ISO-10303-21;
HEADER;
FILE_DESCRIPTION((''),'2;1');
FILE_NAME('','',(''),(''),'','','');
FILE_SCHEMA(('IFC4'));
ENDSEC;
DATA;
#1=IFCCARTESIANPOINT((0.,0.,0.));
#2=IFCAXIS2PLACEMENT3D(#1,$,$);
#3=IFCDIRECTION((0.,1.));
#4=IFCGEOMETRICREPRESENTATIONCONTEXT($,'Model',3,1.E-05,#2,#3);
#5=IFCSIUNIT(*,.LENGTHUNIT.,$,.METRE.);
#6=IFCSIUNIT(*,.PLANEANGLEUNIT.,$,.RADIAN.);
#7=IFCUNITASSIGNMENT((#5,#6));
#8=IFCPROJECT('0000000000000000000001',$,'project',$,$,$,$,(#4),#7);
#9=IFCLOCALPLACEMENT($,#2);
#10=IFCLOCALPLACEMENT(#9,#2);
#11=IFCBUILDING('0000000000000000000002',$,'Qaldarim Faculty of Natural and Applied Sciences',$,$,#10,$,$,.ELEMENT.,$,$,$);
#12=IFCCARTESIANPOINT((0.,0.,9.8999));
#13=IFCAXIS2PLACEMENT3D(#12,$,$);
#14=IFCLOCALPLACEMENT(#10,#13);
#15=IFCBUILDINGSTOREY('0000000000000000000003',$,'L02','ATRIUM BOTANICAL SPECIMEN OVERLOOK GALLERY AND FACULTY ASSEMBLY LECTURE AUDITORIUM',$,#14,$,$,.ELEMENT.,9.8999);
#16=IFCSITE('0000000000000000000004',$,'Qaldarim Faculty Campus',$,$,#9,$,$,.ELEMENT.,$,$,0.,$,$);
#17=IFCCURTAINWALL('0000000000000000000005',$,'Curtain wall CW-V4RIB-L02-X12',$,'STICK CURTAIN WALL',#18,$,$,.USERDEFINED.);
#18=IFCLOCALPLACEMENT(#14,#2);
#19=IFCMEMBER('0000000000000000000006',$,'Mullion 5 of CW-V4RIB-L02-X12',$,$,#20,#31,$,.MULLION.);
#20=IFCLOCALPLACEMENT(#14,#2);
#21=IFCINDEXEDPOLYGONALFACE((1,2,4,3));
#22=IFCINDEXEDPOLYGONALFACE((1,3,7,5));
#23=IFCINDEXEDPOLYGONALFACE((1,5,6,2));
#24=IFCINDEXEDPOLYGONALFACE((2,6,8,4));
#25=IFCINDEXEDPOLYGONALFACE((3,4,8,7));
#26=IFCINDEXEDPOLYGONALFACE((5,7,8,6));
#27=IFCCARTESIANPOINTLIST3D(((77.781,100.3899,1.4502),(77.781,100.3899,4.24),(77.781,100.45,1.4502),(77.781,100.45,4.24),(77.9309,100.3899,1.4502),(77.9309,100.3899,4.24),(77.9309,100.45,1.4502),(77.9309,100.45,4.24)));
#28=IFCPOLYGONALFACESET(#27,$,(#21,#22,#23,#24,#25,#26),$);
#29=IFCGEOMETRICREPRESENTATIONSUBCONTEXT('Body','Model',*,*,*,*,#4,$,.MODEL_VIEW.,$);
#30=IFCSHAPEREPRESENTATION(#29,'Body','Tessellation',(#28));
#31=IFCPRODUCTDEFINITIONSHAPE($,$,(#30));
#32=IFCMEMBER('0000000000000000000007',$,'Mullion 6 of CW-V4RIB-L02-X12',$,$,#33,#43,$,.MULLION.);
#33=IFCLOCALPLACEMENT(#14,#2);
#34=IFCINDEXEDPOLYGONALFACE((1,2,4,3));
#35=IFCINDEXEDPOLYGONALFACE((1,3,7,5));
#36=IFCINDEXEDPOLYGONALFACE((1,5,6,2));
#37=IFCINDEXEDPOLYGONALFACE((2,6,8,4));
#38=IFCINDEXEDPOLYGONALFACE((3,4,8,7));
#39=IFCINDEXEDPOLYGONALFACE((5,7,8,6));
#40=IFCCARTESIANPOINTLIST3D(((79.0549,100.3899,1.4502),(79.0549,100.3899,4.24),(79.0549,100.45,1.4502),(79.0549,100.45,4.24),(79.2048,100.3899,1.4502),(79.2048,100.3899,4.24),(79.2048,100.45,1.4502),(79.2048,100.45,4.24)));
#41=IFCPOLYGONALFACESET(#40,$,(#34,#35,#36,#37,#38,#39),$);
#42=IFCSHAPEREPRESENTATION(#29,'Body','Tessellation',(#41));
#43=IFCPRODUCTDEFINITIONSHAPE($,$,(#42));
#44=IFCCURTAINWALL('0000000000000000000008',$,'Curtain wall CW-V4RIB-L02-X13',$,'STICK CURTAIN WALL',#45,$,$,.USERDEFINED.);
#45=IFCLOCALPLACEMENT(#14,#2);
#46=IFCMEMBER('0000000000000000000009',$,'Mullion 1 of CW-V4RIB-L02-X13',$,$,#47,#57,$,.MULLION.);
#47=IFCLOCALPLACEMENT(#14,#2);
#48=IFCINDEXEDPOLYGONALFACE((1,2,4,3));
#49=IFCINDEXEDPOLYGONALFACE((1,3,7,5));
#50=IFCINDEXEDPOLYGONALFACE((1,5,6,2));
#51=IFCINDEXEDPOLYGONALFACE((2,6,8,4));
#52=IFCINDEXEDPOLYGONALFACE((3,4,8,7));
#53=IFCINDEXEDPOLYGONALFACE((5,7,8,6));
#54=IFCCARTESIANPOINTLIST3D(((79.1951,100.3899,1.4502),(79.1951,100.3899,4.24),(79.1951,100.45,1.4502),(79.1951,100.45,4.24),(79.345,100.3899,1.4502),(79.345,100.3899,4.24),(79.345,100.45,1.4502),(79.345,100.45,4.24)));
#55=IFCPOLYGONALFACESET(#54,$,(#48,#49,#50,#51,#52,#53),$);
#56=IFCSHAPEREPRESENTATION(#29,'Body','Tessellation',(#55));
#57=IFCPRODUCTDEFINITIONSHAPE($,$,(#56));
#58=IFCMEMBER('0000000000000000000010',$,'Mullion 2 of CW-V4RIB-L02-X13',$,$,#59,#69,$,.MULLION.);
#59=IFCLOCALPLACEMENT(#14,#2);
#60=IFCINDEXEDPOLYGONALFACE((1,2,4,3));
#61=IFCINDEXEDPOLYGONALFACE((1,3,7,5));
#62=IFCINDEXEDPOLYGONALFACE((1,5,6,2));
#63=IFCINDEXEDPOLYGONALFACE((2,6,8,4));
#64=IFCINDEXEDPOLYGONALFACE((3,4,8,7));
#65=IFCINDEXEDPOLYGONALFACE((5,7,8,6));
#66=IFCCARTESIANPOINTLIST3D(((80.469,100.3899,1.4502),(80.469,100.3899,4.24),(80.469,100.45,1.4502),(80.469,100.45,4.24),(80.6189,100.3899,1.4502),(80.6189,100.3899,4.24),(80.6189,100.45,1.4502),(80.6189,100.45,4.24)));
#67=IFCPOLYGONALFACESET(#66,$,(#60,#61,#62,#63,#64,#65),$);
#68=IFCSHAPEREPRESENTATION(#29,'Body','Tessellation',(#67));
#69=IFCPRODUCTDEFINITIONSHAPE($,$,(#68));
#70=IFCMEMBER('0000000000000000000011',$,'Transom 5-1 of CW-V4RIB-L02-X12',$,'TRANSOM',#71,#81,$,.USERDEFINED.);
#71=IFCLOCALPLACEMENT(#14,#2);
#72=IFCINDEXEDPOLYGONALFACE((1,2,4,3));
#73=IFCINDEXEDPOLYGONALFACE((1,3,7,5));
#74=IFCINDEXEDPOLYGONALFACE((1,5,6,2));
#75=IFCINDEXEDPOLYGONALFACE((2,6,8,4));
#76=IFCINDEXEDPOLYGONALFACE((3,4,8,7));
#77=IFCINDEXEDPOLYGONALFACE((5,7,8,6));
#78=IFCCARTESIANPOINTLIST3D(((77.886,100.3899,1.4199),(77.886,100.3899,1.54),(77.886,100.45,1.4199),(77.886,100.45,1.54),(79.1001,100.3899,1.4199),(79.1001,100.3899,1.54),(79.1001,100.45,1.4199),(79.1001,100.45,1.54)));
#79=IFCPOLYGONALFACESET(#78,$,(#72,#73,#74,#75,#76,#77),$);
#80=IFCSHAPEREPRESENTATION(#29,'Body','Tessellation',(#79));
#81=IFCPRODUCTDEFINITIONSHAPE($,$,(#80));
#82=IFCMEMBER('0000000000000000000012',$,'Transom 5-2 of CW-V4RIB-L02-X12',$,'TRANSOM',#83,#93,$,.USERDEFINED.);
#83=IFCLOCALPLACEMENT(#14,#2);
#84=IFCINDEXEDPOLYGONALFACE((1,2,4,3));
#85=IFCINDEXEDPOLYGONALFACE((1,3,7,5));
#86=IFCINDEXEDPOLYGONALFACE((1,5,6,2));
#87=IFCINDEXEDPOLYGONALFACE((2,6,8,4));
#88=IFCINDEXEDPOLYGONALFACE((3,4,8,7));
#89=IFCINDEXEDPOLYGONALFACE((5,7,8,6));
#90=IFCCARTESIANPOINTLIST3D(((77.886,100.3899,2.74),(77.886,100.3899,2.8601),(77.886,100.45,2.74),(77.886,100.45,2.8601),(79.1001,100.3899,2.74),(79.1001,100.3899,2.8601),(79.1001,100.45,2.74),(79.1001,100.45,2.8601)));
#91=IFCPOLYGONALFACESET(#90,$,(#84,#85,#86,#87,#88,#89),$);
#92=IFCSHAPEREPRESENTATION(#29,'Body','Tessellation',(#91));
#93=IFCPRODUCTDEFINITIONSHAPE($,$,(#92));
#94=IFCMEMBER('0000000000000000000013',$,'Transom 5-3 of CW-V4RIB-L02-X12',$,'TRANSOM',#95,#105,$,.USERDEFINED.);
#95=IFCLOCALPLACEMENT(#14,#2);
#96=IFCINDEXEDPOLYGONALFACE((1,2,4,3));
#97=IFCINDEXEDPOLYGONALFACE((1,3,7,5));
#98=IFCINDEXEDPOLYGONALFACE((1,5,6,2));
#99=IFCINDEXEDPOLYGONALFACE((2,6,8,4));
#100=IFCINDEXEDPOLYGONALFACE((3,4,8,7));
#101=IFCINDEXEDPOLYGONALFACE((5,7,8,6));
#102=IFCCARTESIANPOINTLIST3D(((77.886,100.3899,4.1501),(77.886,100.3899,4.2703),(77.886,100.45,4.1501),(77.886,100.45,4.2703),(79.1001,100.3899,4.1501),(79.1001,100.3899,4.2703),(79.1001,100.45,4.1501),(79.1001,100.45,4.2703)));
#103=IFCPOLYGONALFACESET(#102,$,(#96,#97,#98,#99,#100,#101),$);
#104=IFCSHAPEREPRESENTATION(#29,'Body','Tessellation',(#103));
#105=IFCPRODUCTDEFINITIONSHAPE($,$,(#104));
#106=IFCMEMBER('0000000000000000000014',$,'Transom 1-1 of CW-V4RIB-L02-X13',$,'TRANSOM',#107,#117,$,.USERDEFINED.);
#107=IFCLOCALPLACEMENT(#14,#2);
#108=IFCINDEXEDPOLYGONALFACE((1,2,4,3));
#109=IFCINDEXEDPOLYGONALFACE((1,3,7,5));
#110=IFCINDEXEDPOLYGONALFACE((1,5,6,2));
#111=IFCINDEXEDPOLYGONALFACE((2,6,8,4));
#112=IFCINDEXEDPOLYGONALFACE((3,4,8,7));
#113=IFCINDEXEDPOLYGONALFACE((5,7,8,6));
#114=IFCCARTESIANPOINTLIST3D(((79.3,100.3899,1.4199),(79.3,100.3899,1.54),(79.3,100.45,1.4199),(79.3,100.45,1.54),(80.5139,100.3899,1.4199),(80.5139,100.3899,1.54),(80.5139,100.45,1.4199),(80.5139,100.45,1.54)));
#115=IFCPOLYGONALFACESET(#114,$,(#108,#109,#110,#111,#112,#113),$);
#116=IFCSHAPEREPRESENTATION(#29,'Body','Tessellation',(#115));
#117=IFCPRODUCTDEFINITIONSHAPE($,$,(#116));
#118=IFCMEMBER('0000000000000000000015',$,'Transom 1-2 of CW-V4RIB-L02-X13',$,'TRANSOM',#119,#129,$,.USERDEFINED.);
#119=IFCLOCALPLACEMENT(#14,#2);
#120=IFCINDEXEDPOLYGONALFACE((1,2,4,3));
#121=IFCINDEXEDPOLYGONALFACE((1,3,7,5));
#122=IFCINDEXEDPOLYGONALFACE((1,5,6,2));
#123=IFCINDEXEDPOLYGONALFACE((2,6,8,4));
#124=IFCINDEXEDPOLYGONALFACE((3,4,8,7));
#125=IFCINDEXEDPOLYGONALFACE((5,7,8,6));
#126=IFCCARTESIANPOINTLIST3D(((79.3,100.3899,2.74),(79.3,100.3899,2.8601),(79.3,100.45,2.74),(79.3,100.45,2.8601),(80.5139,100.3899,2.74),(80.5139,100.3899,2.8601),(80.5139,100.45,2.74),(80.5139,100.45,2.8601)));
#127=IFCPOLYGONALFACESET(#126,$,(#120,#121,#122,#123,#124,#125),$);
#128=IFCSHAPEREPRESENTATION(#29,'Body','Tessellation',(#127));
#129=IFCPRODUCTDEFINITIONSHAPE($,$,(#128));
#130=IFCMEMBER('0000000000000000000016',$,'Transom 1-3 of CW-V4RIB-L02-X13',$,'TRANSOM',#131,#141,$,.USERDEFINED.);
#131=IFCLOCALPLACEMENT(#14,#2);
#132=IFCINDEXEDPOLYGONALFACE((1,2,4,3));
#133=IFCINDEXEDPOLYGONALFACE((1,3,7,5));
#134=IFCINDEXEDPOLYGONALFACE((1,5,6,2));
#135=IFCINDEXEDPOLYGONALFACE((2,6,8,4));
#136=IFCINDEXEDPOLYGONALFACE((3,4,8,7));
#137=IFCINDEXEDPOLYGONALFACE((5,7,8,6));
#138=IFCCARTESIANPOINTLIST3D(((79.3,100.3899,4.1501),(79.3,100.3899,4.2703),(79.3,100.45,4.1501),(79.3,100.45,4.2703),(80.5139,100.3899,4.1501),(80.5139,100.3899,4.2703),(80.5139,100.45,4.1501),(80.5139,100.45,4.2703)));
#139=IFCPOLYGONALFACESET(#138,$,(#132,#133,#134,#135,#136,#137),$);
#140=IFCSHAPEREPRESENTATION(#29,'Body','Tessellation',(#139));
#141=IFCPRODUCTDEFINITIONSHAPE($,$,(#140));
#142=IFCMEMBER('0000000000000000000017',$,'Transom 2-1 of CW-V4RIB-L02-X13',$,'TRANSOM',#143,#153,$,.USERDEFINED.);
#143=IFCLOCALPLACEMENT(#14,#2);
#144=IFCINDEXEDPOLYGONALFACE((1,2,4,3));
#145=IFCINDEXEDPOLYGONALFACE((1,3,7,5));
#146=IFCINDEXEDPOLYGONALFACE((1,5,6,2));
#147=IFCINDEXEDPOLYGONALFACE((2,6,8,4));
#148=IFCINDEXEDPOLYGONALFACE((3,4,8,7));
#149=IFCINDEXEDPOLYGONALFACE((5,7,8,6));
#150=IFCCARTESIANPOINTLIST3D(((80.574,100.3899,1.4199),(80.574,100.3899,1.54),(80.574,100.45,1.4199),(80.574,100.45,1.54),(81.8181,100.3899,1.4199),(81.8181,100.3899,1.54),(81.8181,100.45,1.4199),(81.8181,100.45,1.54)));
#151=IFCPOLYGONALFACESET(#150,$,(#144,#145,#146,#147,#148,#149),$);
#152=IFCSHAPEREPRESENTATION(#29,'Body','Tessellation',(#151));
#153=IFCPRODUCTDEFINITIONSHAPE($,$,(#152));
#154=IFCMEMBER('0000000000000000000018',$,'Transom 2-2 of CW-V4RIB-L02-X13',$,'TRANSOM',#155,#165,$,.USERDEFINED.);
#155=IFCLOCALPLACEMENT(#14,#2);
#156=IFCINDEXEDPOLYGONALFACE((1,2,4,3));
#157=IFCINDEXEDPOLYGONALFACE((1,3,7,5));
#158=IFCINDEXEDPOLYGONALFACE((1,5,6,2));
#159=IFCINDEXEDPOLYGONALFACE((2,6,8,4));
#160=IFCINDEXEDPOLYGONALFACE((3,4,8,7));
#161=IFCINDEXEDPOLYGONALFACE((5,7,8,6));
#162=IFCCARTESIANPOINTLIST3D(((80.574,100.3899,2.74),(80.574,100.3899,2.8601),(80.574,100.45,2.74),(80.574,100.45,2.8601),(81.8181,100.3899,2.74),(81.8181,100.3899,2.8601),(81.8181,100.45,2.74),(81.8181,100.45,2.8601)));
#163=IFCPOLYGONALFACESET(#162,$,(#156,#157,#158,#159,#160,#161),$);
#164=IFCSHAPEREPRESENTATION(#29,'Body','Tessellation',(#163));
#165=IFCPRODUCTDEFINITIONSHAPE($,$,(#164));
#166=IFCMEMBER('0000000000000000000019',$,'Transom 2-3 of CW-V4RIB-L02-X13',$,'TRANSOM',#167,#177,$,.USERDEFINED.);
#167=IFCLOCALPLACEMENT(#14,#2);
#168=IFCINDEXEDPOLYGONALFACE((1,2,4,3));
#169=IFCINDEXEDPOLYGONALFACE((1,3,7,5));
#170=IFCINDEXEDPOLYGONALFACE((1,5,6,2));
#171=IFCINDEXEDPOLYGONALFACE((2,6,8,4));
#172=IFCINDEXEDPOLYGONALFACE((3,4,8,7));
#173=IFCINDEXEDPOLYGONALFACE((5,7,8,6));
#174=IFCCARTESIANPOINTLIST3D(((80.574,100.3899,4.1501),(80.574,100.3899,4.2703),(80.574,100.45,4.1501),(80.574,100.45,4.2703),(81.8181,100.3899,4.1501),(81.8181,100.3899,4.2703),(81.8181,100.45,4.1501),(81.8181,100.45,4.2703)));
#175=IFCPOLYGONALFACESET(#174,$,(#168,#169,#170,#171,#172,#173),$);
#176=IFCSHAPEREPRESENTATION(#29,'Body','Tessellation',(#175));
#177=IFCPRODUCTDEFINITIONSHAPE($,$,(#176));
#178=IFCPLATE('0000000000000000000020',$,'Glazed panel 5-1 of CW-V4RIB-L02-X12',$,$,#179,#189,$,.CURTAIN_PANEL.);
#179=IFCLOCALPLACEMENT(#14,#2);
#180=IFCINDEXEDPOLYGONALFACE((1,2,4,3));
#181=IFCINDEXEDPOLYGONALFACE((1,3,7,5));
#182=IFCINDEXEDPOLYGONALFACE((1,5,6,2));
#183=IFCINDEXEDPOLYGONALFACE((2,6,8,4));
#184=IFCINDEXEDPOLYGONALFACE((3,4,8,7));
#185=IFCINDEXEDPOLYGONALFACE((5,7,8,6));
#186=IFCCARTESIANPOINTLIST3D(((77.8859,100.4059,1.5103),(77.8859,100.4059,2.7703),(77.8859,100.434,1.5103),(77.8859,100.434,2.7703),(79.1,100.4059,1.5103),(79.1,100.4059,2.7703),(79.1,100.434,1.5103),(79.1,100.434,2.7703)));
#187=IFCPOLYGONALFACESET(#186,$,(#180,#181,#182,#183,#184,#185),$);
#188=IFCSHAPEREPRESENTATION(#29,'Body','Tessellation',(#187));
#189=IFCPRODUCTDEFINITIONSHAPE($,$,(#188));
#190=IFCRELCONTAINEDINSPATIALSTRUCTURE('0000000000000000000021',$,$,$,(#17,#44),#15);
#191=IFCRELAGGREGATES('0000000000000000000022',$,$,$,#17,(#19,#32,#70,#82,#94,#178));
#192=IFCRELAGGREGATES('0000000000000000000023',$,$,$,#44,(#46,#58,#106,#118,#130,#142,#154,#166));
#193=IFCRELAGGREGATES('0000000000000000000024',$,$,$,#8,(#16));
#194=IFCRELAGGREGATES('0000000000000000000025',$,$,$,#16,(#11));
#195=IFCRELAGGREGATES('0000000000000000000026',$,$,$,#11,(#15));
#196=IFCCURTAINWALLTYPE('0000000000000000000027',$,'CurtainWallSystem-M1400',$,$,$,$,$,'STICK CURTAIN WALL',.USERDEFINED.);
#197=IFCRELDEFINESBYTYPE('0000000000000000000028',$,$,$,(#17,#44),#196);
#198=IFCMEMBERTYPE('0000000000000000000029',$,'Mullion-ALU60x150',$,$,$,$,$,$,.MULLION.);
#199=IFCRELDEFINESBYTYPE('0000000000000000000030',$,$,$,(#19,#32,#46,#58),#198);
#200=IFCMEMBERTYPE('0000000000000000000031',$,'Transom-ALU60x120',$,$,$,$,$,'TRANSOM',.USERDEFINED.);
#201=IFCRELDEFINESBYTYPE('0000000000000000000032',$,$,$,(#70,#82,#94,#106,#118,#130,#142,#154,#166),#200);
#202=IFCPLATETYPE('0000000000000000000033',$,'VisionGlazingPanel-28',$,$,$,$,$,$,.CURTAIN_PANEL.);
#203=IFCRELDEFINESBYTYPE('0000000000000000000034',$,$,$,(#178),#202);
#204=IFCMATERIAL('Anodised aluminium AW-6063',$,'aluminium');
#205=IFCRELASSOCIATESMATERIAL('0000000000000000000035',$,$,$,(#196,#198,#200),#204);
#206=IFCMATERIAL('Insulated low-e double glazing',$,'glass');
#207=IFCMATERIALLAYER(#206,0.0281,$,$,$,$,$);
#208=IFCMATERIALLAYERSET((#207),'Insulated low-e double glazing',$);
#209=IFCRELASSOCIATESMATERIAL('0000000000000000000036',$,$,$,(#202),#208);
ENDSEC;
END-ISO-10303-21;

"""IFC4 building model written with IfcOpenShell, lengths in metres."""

from ifc_helpers import new_model, si_unit, direction, frame, origin, origin_2d, place, context, subcontext, project, spatial, rectangle, extrude, material, layer, layer_set, material_profile, profile_set, type_object, element, aggregate, save


model = new_model("IFC4")

# Units and contexts
model_context = context("Model", 3, precision=1e-05, world=origin(), true_north=direction((0.0, 1.0)))
body_context = subcontext(model_context, "Body", "Model", "MODEL_VIEW")
ifc_project = project(units=[si_unit("LENGTHUNIT", "METRE"), si_unit("PLANEANGLEUNIT", "RADIAN")], contexts=[model_context])

# Site, building, storey
site_placement = place(None, origin())
site = spatial("IfcSite", under=ifc_project, at=site_placement, Name="Qaldarim Faculty Campus", CompositionType="ELEMENT", RefElevation=0.0)
building_placement = place(site_placement, origin())
building = spatial("IfcBuilding", under=site, at=building_placement, Name="Qaldarim Faculty of Natural and Applied Sciences", CompositionType="ELEMENT")
storey_placement = place(building_placement, frame((0.0, 0.0, 9.8999)))
storey = spatial("IfcBuildingStorey", under=building, at=storey_placement, Name="L02", Description="ATRIUM BOTANICAL SPECIMEN OVERLOOK GALLERY AND FACULTY ASSEMBLY LECTURE AUDITORIUM", CompositionType="ELEMENT", Elevation=9.8999)

# Curtain walls, members
ifc_material_1 = material(Name="Anodised aluminium AW-6063", Category="aluminium")
curtain_wall_type = type_object("IfcCurtainWallType", Name="CurtainWallSystem-M1400", ElementType="STICK CURTAIN WALL", PredefinedType="USERDEFINED", material=ifc_material_1)
curtain_wall_1_placement = place(storey_placement, origin())
curtain_wall_1 = element("IfcCurtainWall", 1, at=curtain_wall_1_placement, inside=storey, type_object=curtain_wall_type, Name="Curtain wall CW-V4RIB-L02-X12", ObjectType="STICK CURTAIN WALL", PredefinedType="USERDEFINED")
ifc_material_profile_1 = material_profile(ifc_material_1, rectangle(XDim=0.0601, YDim=0.1499, at=origin_2d()), Name="ALU-M60x150")
ifc_profile_set_1 = profile_set([ifc_material_profile_1], Name="Anodised aluminium AW-6063")
member_type_1 = type_object("IfcMemberType", Name="Mullion-ALU60x150", PredefinedType="MULLION", material=ifc_profile_set_1)
member_1_placement = place(storey_placement, frame((77.856, 100.4199, 1.4502), z_axis=(0.0, 0.0, 1.0), x_axis=(0.0, 1.0, 0.0)))
member_1 = element("IfcMember", 2, at=member_1_placement, type_object=member_type_1, Name="Mullion 5 of CW-V4RIB-L02-X12", PredefinedType="MULLION", context=body_context, shape_type="SweptSolid", body=[
    extrude(rectangle(XDim=0.0601, YDim=0.1499, at=origin_2d()), origin(), (0.0, 0.0, 1.0), 2.7898),
])
member_2_placement = place(storey_placement, frame((79.1299, 100.4199, 1.4502), z_axis=(0.0, 0.0, 1.0), x_axis=(0.0, 1.0, 0.0)))
member_2 = element("IfcMember", 3, at=member_2_placement, type_object=member_type_1, Name="Mullion 6 of CW-V4RIB-L02-X12", PredefinedType="MULLION", context=body_context, shape_type="SweptSolid", body=[
    extrude(rectangle(XDim=0.0601, YDim=0.1499, at=origin_2d()), origin(), (0.0, 0.0, 1.0), 2.7898),
])
curtain_wall_2_placement = place(storey_placement, origin())
curtain_wall_2 = element("IfcCurtainWall", 4, at=curtain_wall_2_placement, inside=storey, type_object=curtain_wall_type, Name="Curtain wall CW-V4RIB-L02-X13", ObjectType="STICK CURTAIN WALL", PredefinedType="USERDEFINED")
member_3_placement = place(storey_placement, frame((79.27, 100.4199, 1.4502), z_axis=(0.0, 0.0, 1.0), x_axis=(0.0, 1.0, 0.0)))
member_3 = element("IfcMember", 5, at=member_3_placement, type_object=member_type_1, Name="Mullion 1 of CW-V4RIB-L02-X13", PredefinedType="MULLION", context=body_context, shape_type="SweptSolid", body=[
    extrude(rectangle(XDim=0.0601, YDim=0.1499, at=origin_2d()), origin(), (0.0, 0.0, 1.0), 2.7898),
])
member_4_placement = place(storey_placement, frame((80.5439, 100.4199, 1.4502), z_axis=(0.0, 0.0, 1.0), x_axis=(0.0, 1.0, 0.0)))
member_4 = element("IfcMember", 6, at=member_4_placement, type_object=member_type_1, Name="Mullion 2 of CW-V4RIB-L02-X13", PredefinedType="MULLION", context=body_context, shape_type="SweptSolid", body=[
    extrude(rectangle(XDim=0.0601, YDim=0.1499, at=origin_2d()), origin(), (0.0, 0.0, 1.0), 2.7898),
])

# Members
ifc_material_profile_2 = material_profile(ifc_material_1, rectangle(XDim=0.0601, YDim=0.1201, at=origin_2d()), Name="ALU-T60x120")
ifc_profile_set_2 = profile_set([ifc_material_profile_2], Name="Anodised aluminium AW-6063")
member_type_2 = type_object("IfcMemberType", Name="Transom-ALU60x120", ElementType="TRANSOM", PredefinedType="USERDEFINED", material=ifc_profile_set_2)
member_5_placement = place(storey_placement, frame((77.886, 100.4199, 1.48), z_axis=(1.0, 0.0, 0.0), x_axis=(0.0, 1.0, 0.0)))
member_5 = element("IfcMember", 7, at=member_5_placement, type_object=member_type_2, Name="Transom 5-1 of CW-V4RIB-L02-X12", ObjectType="TRANSOM", PredefinedType="USERDEFINED", context=body_context, shape_type="SweptSolid", body=[
    extrude(rectangle(XDim=0.0601, YDim=0.1201, at=origin_2d()), origin(), (0.0, 0.0, 1.0), 1.2141),
])
member_6_placement = place(storey_placement, frame((77.886, 100.4199, 2.8), z_axis=(1.0, 0.0, 0.0), x_axis=(0.0, 1.0, 0.0)))
member_6 = element("IfcMember", 8, at=member_6_placement, type_object=member_type_2, Name="Transom 5-2 of CW-V4RIB-L02-X12", ObjectType="TRANSOM", PredefinedType="USERDEFINED", context=body_context, shape_type="SweptSolid", body=[
    extrude(rectangle(XDim=0.0601, YDim=0.1201, at=origin_2d()), origin(), (0.0, 0.0, 1.0), 1.2141),
])
member_7_placement = place(storey_placement, frame((77.886, 100.4199, 4.2102), z_axis=(1.0, 0.0, 0.0), x_axis=(0.0, 1.0, 0.0)))
member_7 = element("IfcMember", 9, at=member_7_placement, type_object=member_type_2, Name="Transom 5-3 of CW-V4RIB-L02-X12", ObjectType="TRANSOM", PredefinedType="USERDEFINED", context=body_context, shape_type="SweptSolid", body=[
    extrude(rectangle(XDim=0.0601, YDim=0.1201, at=origin_2d()), origin(), (0.0, 0.0, 1.0), 1.2141),
])
member_8_placement = place(storey_placement, frame((79.3, 100.4199, 1.48), z_axis=(1.0, 0.0, 0.0), x_axis=(0.0, 1.0, 0.0)))
member_8 = element("IfcMember", 10, at=member_8_placement, type_object=member_type_2, Name="Transom 1-1 of CW-V4RIB-L02-X13", ObjectType="TRANSOM", PredefinedType="USERDEFINED", context=body_context, shape_type="SweptSolid", body=[
    extrude(rectangle(XDim=0.0601, YDim=0.1201, at=origin_2d()), origin(), (0.0, 0.0, 1.0), 1.2139),
])
member_9_placement = place(storey_placement, frame((79.3, 100.4199, 2.8), z_axis=(1.0, 0.0, 0.0), x_axis=(0.0, 1.0, 0.0)))
member_9 = element("IfcMember", 11, at=member_9_placement, type_object=member_type_2, Name="Transom 1-2 of CW-V4RIB-L02-X13", ObjectType="TRANSOM", PredefinedType="USERDEFINED", context=body_context, shape_type="SweptSolid", body=[
    extrude(rectangle(XDim=0.0601, YDim=0.1201, at=origin_2d()), origin(), (0.0, 0.0, 1.0), 1.2139),
])
member_10_placement = place(storey_placement, frame((79.3, 100.4199, 4.2102), z_axis=(1.0, 0.0, 0.0), x_axis=(0.0, 1.0, 0.0)))
member_10 = element("IfcMember", 12, at=member_10_placement, type_object=member_type_2, Name="Transom 1-3 of CW-V4RIB-L02-X13", ObjectType="TRANSOM", PredefinedType="USERDEFINED", context=body_context, shape_type="SweptSolid", body=[
    extrude(rectangle(XDim=0.0601, YDim=0.1201, at=origin_2d()), origin(), (0.0, 0.0, 1.0), 1.2139),
])
member_11_placement = place(storey_placement, frame((80.574, 100.4199, 1.48), z_axis=(1.0, 0.0, 0.0), x_axis=(0.0, 1.0, 0.0)))
member_11 = element("IfcMember", 13, at=member_11_placement, type_object=member_type_2, Name="Transom 2-1 of CW-V4RIB-L02-X13", ObjectType="TRANSOM", PredefinedType="USERDEFINED", context=body_context, shape_type="SweptSolid", body=[
    extrude(rectangle(XDim=0.0601, YDim=0.1201, at=origin_2d()), origin(), (0.0, 0.0, 1.0), 1.2441),
])
member_12_placement = place(storey_placement, frame((80.574, 100.4199, 2.8), z_axis=(1.0, 0.0, 0.0), x_axis=(0.0, 1.0, 0.0)))
member_12 = element("IfcMember", 14, at=member_12_placement, type_object=member_type_2, Name="Transom 2-2 of CW-V4RIB-L02-X13", ObjectType="TRANSOM", PredefinedType="USERDEFINED", context=body_context, shape_type="SweptSolid", body=[
    extrude(rectangle(XDim=0.0601, YDim=0.1201, at=origin_2d()), origin(), (0.0, 0.0, 1.0), 1.2441),
])
member_13_placement = place(storey_placement, frame((80.574, 100.4199, 4.2102), z_axis=(1.0, 0.0, 0.0), x_axis=(0.0, 1.0, 0.0)))
member_13 = element("IfcMember", 15, at=member_13_placement, type_object=member_type_2, Name="Transom 2-3 of CW-V4RIB-L02-X13", ObjectType="TRANSOM", PredefinedType="USERDEFINED", context=body_context, shape_type="SweptSolid", body=[
    extrude(rectangle(XDim=0.0601, YDim=0.1201, at=origin_2d()), origin(), (0.0, 0.0, 1.0), 1.2441),
])

# Plate
ifc_material_2 = material(Name="Insulated low-e double glazing", Category="glass")
ifc_layer_1 = layer(ifc_material_2, 0.0281)
ifc_layer_set_1 = layer_set([ifc_layer_1], Name="Insulated low-e double glazing")
plate_type = type_object("IfcPlateType", Name="VisionGlazingPanel-28", PredefinedType="CURTAIN_PANEL", material=ifc_layer_set_1)
plate_1_placement = place(storey_placement, frame((78.4929, 100.4199, 1.5103), z_axis=(0.0, 0.0, 1.0), x_axis=(1.0, 0.0, 0.0)))
plate_1 = element("IfcPlate", 16, at=plate_1_placement, type_object=plate_type, Name="Glazed panel 5-1 of CW-V4RIB-L02-X12", PredefinedType="CURTAIN_PANEL", context=body_context, shape_type="SweptSolid", body=[
    extrude(rectangle(XDim=1.2141, YDim=0.0281, at=origin_2d()), origin(), (0.0, 0.0, 1.0), 1.26),
])
aggregate(curtain_wall_1, [member_1, member_2, member_5, member_6, member_7, plate_1])
aggregate(curtain_wall_2, [member_3, member_4, member_8, member_9, member_10, member_11, member_12, member_13])

save(model, "model.ifc")
